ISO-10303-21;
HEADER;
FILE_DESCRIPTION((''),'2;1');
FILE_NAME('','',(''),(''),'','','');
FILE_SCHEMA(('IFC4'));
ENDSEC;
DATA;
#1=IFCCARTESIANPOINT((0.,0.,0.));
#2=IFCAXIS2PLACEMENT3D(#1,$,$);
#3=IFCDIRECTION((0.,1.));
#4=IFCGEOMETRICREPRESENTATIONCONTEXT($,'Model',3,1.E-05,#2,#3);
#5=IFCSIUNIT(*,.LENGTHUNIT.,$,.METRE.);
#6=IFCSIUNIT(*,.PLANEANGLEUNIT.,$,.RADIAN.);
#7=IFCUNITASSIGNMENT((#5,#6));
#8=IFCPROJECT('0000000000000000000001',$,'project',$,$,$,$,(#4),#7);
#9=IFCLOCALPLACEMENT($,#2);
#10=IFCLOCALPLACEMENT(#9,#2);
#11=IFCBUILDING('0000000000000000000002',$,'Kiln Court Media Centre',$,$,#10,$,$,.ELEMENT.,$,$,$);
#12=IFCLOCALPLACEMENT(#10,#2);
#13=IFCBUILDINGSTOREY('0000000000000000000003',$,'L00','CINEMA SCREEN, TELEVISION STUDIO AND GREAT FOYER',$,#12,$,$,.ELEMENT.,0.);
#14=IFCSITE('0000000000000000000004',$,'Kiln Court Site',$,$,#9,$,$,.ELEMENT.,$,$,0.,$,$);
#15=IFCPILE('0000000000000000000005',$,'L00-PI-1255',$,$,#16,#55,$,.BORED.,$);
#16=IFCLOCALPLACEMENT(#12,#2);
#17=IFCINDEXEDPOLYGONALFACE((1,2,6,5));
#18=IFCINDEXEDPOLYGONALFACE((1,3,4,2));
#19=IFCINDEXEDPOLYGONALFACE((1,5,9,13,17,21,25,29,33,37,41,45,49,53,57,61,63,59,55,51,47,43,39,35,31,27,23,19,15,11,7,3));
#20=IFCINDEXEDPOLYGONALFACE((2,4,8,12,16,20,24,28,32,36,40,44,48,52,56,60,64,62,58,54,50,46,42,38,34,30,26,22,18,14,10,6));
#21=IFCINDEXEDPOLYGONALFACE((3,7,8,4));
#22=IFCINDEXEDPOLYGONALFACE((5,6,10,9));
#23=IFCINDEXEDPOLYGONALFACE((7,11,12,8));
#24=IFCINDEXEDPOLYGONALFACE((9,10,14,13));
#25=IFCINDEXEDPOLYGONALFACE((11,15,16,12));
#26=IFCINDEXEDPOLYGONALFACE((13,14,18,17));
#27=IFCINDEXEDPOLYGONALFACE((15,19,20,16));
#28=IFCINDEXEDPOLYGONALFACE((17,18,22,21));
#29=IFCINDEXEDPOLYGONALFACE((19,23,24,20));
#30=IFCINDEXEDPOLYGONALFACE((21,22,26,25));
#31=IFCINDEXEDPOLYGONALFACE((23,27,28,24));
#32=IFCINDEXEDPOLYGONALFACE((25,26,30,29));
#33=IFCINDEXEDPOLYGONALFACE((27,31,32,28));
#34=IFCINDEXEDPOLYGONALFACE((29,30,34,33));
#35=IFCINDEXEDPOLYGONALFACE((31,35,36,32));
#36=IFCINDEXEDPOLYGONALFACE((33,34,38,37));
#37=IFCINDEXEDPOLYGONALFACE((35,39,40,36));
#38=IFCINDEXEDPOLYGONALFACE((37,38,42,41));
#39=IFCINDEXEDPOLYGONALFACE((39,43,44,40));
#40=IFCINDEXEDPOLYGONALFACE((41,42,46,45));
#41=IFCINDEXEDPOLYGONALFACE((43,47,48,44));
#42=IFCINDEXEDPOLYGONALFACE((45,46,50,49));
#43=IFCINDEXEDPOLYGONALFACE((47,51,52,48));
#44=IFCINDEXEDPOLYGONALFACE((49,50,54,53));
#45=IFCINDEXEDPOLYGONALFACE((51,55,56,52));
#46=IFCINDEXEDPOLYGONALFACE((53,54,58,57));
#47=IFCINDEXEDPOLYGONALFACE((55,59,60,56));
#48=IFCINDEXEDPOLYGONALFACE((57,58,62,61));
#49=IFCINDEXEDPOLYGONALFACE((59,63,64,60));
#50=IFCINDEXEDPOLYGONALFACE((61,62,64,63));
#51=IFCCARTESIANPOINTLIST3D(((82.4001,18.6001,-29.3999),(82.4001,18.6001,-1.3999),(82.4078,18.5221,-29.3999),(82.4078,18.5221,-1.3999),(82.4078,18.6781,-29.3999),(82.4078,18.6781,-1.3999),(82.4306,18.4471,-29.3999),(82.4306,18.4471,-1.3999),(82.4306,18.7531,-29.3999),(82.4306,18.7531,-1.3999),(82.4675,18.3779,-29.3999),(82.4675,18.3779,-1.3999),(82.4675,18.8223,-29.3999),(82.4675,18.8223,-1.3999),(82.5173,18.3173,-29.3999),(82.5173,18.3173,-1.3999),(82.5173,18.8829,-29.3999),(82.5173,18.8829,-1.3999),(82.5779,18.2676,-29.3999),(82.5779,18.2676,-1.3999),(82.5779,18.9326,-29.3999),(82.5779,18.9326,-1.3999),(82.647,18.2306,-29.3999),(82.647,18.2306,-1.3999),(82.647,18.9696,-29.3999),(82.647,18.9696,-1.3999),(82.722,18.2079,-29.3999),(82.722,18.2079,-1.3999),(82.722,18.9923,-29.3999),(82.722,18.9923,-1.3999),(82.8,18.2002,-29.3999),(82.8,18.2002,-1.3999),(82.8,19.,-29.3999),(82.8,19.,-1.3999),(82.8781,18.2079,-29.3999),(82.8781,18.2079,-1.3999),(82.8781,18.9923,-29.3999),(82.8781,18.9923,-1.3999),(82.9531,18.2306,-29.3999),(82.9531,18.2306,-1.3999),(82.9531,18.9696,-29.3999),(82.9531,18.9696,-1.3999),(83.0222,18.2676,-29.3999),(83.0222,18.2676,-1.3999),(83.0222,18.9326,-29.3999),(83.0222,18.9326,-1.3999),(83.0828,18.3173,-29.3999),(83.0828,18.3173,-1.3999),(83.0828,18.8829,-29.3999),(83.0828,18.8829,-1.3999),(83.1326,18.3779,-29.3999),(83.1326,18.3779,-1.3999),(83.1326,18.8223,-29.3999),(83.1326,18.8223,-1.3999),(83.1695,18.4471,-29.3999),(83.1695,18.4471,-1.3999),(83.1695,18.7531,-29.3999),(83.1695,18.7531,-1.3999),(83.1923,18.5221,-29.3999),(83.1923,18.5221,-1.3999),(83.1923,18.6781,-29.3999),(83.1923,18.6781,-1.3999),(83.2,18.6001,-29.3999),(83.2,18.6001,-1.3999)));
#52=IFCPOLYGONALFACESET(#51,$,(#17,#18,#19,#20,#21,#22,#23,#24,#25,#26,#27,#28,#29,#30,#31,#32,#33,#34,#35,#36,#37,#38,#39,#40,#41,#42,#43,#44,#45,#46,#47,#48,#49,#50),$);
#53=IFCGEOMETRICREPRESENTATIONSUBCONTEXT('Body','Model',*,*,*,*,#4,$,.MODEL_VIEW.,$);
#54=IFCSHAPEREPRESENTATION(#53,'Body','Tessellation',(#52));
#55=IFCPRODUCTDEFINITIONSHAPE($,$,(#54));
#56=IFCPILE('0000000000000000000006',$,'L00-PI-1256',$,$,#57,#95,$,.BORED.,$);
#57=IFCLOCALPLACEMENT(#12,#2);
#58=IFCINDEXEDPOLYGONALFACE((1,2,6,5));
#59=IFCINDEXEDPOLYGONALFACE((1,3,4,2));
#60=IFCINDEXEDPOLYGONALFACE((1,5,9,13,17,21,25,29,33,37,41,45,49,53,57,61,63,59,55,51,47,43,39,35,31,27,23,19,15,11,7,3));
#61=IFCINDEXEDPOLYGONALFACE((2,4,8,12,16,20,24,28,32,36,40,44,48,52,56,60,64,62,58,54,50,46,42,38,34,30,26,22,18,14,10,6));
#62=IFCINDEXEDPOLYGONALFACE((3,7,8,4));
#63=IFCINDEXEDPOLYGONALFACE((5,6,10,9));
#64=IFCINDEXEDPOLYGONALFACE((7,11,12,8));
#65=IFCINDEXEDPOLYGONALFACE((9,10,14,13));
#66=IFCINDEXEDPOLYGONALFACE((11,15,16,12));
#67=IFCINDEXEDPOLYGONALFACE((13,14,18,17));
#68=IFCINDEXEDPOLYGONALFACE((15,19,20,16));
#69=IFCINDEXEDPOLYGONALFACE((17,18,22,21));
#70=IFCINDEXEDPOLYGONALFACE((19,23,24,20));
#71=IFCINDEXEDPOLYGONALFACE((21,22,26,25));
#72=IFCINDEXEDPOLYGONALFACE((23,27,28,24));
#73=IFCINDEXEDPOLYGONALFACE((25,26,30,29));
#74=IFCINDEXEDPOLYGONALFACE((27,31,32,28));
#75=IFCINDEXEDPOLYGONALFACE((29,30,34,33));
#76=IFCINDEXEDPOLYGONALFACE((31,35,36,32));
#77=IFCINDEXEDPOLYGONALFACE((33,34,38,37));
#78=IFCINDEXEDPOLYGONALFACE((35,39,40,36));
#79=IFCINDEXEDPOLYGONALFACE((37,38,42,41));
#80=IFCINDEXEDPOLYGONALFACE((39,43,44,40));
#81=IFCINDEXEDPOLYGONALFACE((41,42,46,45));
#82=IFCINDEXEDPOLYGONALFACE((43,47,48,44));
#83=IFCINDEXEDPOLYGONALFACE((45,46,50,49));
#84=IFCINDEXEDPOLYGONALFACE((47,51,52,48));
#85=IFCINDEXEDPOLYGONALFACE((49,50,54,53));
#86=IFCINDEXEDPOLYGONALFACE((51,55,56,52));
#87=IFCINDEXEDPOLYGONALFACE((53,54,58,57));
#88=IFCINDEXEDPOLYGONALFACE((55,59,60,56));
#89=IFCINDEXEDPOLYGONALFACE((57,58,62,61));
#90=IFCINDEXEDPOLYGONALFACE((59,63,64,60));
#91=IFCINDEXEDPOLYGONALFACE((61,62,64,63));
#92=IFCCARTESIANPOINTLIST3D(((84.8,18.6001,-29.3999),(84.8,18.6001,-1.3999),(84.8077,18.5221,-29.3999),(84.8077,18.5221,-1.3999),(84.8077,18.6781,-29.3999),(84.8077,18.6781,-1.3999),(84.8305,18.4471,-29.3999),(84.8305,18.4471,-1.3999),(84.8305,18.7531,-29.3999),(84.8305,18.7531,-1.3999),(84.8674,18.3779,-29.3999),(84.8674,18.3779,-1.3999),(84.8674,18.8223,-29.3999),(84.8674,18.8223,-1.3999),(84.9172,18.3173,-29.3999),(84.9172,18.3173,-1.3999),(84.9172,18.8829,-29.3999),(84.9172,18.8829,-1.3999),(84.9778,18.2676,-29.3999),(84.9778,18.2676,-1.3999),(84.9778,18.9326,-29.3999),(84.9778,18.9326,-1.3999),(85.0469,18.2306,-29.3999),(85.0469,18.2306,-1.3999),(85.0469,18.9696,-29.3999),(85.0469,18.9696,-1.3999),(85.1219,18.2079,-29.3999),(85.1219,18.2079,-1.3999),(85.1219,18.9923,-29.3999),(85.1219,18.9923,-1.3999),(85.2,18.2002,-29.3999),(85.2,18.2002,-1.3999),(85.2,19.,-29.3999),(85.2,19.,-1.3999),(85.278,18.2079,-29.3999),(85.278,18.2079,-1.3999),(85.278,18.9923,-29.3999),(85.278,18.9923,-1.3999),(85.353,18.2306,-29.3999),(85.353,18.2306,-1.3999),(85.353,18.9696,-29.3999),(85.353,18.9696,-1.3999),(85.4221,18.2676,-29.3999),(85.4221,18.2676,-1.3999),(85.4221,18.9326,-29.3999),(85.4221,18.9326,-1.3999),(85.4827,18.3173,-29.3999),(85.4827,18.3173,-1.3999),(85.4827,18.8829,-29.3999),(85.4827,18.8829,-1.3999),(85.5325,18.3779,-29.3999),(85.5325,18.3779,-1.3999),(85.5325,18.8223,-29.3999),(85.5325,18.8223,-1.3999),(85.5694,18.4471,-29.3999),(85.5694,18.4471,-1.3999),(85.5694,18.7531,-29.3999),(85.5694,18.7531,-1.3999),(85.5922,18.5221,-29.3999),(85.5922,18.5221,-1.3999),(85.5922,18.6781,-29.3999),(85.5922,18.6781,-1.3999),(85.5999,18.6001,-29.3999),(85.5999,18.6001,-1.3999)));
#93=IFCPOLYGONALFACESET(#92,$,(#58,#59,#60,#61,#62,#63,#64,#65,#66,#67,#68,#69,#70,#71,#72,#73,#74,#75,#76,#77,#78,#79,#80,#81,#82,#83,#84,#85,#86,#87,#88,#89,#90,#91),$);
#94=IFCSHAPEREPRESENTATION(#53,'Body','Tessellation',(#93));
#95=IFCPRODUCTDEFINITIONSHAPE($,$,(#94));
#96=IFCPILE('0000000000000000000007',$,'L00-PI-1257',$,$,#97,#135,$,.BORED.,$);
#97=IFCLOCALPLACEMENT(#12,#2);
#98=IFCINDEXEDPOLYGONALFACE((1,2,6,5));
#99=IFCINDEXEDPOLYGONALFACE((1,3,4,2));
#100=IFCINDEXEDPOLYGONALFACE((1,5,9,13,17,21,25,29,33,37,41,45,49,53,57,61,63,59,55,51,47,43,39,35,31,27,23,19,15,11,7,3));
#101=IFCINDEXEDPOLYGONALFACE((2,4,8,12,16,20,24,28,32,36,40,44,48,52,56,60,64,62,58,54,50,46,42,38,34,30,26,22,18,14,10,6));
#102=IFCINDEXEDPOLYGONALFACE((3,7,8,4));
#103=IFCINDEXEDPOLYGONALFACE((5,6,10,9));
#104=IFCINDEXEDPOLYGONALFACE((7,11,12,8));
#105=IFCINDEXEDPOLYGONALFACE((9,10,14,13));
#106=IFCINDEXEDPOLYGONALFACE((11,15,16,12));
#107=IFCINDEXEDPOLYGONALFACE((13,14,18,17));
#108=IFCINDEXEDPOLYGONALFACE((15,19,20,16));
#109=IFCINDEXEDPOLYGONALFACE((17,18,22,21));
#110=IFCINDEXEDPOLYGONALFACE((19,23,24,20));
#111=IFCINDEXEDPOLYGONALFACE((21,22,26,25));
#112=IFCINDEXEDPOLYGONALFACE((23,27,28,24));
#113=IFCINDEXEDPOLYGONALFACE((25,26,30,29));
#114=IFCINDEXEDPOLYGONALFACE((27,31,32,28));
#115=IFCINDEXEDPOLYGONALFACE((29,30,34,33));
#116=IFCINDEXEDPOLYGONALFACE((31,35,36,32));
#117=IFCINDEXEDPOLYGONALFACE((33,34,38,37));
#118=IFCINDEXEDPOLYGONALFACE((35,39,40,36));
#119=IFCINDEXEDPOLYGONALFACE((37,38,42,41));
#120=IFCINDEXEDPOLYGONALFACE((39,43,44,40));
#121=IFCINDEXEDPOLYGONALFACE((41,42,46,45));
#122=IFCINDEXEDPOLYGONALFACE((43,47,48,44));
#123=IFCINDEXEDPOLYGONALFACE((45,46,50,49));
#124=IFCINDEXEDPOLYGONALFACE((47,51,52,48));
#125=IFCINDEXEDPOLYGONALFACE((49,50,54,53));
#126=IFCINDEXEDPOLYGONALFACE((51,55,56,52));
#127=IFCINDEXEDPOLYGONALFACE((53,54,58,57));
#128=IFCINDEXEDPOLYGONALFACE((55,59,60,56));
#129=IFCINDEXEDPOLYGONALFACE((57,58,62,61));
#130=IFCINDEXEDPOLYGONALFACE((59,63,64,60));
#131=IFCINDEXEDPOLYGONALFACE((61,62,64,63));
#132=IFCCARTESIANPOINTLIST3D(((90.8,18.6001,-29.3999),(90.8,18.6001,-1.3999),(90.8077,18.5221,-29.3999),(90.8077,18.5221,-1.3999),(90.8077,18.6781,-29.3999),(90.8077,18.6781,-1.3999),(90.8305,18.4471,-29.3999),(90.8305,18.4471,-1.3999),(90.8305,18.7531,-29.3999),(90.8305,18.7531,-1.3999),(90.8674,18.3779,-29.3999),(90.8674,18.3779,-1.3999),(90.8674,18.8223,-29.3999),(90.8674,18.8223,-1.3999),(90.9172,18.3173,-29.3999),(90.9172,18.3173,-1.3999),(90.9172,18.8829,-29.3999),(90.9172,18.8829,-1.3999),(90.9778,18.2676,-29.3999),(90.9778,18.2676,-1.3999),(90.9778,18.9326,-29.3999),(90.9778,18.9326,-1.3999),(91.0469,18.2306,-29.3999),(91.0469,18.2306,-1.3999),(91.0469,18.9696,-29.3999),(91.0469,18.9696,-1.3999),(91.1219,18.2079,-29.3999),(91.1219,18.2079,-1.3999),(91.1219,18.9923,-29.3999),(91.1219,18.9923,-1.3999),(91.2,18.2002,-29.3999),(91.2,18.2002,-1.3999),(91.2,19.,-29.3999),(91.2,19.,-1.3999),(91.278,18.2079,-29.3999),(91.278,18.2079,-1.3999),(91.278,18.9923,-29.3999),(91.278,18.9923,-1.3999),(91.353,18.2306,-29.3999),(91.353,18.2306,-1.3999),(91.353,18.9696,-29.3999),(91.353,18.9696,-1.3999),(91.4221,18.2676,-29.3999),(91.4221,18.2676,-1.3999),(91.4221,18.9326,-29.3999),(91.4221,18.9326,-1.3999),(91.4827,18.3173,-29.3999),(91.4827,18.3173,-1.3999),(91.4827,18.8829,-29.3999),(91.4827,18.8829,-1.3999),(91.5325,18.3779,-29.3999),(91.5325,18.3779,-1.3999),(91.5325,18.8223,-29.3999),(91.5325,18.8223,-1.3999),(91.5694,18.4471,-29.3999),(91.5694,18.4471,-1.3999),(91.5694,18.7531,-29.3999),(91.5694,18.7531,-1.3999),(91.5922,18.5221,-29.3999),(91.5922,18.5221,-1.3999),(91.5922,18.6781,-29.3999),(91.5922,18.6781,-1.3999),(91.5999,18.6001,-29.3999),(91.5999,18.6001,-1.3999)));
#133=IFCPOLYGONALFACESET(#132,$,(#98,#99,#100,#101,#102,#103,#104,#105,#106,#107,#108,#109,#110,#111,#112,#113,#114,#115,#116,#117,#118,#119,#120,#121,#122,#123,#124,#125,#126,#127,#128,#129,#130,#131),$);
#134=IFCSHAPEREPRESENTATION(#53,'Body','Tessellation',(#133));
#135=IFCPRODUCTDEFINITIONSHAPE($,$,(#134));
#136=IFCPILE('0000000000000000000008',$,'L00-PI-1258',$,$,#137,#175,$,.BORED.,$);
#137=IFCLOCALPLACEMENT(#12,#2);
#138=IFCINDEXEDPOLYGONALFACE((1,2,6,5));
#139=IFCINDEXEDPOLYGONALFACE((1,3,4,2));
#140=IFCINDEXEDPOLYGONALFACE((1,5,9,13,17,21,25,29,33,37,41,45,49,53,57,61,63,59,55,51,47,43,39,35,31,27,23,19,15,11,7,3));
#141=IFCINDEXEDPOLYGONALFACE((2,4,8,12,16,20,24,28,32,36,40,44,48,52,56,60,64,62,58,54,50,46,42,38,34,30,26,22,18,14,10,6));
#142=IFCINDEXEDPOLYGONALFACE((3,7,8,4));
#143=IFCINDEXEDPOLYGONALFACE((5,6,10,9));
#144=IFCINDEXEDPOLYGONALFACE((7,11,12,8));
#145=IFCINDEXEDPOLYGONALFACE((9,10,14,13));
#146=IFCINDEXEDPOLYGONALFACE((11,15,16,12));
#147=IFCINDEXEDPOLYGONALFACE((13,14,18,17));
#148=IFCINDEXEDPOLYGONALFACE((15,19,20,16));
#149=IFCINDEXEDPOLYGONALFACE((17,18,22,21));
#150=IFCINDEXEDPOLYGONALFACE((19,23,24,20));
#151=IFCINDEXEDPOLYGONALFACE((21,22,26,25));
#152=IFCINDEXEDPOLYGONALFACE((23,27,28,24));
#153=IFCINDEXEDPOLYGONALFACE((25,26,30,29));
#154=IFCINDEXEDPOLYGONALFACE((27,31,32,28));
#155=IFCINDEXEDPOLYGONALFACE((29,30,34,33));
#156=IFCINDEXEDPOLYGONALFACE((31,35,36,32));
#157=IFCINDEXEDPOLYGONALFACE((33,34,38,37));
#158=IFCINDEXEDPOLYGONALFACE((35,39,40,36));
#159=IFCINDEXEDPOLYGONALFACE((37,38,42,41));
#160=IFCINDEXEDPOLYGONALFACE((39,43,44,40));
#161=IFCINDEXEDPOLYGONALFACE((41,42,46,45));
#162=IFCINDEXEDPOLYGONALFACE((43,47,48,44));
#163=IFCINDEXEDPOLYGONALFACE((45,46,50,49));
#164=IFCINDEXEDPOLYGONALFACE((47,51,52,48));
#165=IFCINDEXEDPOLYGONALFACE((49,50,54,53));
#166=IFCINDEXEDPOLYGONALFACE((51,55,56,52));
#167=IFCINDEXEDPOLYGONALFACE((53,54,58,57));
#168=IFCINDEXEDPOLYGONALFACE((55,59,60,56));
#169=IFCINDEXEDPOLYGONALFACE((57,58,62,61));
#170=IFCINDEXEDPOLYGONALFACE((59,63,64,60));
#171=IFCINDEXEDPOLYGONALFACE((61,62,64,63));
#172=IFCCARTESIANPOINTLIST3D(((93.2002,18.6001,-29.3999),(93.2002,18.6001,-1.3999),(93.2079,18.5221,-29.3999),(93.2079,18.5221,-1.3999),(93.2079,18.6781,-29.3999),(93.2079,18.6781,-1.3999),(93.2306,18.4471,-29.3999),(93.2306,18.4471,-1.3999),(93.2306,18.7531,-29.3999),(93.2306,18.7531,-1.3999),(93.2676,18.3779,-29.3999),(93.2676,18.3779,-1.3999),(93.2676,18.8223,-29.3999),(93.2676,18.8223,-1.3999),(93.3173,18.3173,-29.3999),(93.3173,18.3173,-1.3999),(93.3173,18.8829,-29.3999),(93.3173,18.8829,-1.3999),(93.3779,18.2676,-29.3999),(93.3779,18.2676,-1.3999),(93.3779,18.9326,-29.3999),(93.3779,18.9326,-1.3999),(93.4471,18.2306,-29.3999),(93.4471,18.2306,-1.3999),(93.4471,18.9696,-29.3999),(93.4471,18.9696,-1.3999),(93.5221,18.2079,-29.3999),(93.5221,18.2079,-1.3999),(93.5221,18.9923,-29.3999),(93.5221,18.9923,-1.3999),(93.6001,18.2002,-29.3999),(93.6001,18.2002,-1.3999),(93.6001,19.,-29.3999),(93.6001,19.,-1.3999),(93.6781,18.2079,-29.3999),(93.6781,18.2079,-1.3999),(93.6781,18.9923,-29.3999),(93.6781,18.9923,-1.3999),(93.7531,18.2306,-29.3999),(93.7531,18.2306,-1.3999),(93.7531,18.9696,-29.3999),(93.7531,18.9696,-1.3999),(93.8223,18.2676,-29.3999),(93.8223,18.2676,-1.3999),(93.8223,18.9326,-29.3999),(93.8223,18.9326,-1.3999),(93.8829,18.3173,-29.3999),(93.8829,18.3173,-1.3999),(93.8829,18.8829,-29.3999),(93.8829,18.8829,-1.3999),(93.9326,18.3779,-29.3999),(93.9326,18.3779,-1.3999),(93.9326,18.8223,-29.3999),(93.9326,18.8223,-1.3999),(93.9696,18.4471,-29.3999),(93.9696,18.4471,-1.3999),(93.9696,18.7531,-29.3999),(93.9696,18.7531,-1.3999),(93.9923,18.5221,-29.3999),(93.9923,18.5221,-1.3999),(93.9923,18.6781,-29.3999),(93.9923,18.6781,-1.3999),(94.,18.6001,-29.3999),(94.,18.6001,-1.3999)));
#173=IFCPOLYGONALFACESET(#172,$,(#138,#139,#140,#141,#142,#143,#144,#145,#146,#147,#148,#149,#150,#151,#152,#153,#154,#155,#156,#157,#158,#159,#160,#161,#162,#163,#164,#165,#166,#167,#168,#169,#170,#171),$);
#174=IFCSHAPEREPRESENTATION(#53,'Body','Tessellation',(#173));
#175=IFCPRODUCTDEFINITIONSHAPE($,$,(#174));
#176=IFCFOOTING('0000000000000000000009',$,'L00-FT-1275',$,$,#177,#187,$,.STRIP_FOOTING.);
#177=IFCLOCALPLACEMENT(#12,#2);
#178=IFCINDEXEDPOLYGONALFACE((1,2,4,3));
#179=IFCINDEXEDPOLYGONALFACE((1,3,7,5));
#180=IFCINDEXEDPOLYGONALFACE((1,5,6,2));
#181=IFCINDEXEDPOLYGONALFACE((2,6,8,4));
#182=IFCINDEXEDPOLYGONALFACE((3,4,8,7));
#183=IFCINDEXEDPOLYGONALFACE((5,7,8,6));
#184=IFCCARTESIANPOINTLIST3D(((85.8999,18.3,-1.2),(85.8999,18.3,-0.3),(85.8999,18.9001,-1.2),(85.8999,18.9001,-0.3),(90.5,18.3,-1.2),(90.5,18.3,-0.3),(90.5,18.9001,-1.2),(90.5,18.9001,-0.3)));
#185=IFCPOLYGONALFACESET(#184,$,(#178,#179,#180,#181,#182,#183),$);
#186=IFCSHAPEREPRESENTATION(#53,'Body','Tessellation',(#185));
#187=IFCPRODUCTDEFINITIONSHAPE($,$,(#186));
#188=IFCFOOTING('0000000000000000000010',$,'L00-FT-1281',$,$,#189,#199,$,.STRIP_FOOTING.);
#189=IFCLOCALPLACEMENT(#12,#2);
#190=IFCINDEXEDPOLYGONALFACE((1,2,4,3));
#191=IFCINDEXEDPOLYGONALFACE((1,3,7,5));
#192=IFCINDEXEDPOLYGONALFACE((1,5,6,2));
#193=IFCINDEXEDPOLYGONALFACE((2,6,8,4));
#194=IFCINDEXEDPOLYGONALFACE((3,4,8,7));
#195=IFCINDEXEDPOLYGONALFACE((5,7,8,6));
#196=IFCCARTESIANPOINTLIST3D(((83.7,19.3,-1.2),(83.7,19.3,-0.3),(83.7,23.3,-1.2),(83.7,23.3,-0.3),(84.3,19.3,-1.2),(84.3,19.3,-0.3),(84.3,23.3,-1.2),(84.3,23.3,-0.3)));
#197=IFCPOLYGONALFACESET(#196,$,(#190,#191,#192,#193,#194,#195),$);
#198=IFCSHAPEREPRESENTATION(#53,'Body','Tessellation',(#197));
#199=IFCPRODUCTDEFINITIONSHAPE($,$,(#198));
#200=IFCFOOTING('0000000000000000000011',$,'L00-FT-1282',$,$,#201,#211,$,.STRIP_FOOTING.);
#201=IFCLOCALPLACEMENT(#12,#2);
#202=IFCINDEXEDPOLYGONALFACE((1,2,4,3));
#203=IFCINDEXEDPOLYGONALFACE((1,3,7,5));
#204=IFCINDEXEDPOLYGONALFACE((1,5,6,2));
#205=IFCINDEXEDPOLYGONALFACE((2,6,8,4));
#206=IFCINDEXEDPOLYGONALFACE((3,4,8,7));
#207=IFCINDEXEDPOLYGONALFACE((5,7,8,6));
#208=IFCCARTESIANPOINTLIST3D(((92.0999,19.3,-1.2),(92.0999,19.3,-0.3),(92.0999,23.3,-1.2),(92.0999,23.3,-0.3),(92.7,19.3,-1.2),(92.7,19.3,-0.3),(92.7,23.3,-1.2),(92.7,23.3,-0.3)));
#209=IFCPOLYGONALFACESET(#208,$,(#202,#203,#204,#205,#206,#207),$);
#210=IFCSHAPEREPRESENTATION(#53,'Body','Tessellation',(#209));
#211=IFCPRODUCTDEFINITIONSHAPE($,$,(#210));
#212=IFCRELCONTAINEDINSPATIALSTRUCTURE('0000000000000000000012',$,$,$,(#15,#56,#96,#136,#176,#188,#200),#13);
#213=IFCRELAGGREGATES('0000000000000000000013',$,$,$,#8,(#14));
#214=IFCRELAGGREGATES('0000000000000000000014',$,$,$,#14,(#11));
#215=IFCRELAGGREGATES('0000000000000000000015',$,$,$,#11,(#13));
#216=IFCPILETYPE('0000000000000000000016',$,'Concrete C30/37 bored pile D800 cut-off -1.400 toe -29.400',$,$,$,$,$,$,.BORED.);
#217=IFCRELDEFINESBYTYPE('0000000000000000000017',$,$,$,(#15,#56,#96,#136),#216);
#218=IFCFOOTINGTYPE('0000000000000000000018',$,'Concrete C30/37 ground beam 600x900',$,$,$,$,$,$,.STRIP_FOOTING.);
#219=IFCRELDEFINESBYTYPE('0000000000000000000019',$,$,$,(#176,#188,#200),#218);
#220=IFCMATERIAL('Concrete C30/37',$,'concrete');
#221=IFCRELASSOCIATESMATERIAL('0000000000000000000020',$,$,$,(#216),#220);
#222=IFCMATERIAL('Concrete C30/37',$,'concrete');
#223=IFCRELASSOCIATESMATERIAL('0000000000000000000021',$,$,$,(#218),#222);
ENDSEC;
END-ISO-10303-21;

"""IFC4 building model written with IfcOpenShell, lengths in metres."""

from ifc_helpers import new_model, si_unit, direction, frame, origin, origin_2d, place, context, subcontext, project, spatial, rectangle, circle, extrude, material, material_profile, profile_set, type_object, element, save


model = new_model("IFC4")

# Units and contexts
model_context = context("Model", 3, precision=1e-05, world=origin(), true_north=direction((0.0, 1.0)))
body_context = subcontext(model_context, "Body", "Model", "MODEL_VIEW")
ifc_project = project(units=[si_unit("LENGTHUNIT", "METRE"), si_unit("PLANEANGLEUNIT", "RADIAN")], contexts=[model_context])

# Site, building, storey
site_placement = place(None, origin())
site = spatial("IfcSite", under=ifc_project, at=site_placement, Name="Kiln Court Site", CompositionType="ELEMENT", RefElevation=0.0)
building_placement = place(site_placement, origin())
building = spatial("IfcBuilding", under=site, at=building_placement, Name="Kiln Court Media Centre", CompositionType="ELEMENT")
storey_placement = place(building_placement, origin())
storey = spatial("IfcBuildingStorey", under=building, at=storey_placement, Name="L00", Description="CINEMA SCREEN, TELEVISION STUDIO AND GREAT FOYER", CompositionType="ELEMENT", Elevation=0.0)

# Piles
ifc_material_1 = material(Name="Concrete C30/37", Category="concrete")
ifc_material_profile_1 = material_profile(ifc_material_1, circle(Radius=0.3999, at=origin_2d()), Name="PILE D800")
ifc_profile_set_1 = profile_set([ifc_material_profile_1], Name="Concrete C30/37")
pile_type = type_object("IfcPileType", Name="Concrete C30/37 bored pile D800 cut-off -1.400 toe -29.400", PredefinedType="BORED", material=ifc_profile_set_1)
for number, where, z_axis, x_axis, name in (
    (1, (82.8, 18.6001, -1.3999), (0.0, 0.0, -1.0), (1.0, 0.0, 0.0), "L00-PI-1255"),
    (2, (85.2, 18.6001, -1.3999), (0.0, 0.0, -1.0), (1.0, 0.0, 0.0), "L00-PI-1256"),
    (3, (91.2, 18.6001, -1.3999), (0.0, 0.0, -1.0), (1.0, 0.0, 0.0), "L00-PI-1257"),
    (4, (93.6001, 18.6001, -1.3999), (0.0, 0.0, -1.0), (1.0, 0.0, 0.0), "L00-PI-1258"),
):
    element("IfcPile", number, at=place(storey_placement, frame(where, z_axis=z_axis, x_axis=x_axis)), inside=storey, type_object=pile_type, Name=name, PredefinedType="BORED", context=body_context, shape_type="SweptSolid", body=[
        extrude(circle(Radius=0.3999, at=origin_2d()), origin(), (0.0, 0.0, 1.0), 28.0),
    ])

# Footings
ifc_material_2 = material(Name="Concrete C30/37", Category="concrete")
footing_type_1 = type_object("IfcFootingType", Name="Concrete C30/37 ground beam 600x900", PredefinedType="STRIP_FOOTING", material=ifc_material_2)
footing_placement = place(storey_placement, frame((88.2, 18.6001, -1.2), z_axis=(0.0, 0.0, 1.0), x_axis=(1.0, 0.0, 0.0)))
element("IfcFooting", 5, at=footing_placement, inside=storey, type_object=footing_type_1, Name="L00-FT-1275", PredefinedType="STRIP_FOOTING", context=body_context, shape_type="SweptSolid", body=[
    extrude(rectangle(XDim=4.6001, YDim=0.6001, at=origin_2d()), origin(), (0.0, 0.0, 1.0), 0.8999),
])
for number, where, z_axis, x_axis, name in (
    (6, (84.0, 21.3, -1.2), (0.0, 0.0, 1.0), (1.0, 0.0, 0.0), "L00-FT-1281"),
    (7, (92.3999, 21.3, -1.2), (0.0, 0.0, 1.0), (1.0, 0.0, 0.0), "L00-FT-1282"),
):
    element("IfcFooting", number, at=place(storey_placement, frame(where, z_axis=z_axis, x_axis=x_axis)), inside=storey, type_object=footing_type_1, Name=name, PredefinedType="STRIP_FOOTING", context=body_context, shape_type="SweptSolid", body=[
        extrude(rectangle(XDim=0.6001, YDim=4.0, at=origin_2d()), origin(), (0.0, 0.0, 1.0), 0.8999),
    ])

save(model, "model.ifc")
